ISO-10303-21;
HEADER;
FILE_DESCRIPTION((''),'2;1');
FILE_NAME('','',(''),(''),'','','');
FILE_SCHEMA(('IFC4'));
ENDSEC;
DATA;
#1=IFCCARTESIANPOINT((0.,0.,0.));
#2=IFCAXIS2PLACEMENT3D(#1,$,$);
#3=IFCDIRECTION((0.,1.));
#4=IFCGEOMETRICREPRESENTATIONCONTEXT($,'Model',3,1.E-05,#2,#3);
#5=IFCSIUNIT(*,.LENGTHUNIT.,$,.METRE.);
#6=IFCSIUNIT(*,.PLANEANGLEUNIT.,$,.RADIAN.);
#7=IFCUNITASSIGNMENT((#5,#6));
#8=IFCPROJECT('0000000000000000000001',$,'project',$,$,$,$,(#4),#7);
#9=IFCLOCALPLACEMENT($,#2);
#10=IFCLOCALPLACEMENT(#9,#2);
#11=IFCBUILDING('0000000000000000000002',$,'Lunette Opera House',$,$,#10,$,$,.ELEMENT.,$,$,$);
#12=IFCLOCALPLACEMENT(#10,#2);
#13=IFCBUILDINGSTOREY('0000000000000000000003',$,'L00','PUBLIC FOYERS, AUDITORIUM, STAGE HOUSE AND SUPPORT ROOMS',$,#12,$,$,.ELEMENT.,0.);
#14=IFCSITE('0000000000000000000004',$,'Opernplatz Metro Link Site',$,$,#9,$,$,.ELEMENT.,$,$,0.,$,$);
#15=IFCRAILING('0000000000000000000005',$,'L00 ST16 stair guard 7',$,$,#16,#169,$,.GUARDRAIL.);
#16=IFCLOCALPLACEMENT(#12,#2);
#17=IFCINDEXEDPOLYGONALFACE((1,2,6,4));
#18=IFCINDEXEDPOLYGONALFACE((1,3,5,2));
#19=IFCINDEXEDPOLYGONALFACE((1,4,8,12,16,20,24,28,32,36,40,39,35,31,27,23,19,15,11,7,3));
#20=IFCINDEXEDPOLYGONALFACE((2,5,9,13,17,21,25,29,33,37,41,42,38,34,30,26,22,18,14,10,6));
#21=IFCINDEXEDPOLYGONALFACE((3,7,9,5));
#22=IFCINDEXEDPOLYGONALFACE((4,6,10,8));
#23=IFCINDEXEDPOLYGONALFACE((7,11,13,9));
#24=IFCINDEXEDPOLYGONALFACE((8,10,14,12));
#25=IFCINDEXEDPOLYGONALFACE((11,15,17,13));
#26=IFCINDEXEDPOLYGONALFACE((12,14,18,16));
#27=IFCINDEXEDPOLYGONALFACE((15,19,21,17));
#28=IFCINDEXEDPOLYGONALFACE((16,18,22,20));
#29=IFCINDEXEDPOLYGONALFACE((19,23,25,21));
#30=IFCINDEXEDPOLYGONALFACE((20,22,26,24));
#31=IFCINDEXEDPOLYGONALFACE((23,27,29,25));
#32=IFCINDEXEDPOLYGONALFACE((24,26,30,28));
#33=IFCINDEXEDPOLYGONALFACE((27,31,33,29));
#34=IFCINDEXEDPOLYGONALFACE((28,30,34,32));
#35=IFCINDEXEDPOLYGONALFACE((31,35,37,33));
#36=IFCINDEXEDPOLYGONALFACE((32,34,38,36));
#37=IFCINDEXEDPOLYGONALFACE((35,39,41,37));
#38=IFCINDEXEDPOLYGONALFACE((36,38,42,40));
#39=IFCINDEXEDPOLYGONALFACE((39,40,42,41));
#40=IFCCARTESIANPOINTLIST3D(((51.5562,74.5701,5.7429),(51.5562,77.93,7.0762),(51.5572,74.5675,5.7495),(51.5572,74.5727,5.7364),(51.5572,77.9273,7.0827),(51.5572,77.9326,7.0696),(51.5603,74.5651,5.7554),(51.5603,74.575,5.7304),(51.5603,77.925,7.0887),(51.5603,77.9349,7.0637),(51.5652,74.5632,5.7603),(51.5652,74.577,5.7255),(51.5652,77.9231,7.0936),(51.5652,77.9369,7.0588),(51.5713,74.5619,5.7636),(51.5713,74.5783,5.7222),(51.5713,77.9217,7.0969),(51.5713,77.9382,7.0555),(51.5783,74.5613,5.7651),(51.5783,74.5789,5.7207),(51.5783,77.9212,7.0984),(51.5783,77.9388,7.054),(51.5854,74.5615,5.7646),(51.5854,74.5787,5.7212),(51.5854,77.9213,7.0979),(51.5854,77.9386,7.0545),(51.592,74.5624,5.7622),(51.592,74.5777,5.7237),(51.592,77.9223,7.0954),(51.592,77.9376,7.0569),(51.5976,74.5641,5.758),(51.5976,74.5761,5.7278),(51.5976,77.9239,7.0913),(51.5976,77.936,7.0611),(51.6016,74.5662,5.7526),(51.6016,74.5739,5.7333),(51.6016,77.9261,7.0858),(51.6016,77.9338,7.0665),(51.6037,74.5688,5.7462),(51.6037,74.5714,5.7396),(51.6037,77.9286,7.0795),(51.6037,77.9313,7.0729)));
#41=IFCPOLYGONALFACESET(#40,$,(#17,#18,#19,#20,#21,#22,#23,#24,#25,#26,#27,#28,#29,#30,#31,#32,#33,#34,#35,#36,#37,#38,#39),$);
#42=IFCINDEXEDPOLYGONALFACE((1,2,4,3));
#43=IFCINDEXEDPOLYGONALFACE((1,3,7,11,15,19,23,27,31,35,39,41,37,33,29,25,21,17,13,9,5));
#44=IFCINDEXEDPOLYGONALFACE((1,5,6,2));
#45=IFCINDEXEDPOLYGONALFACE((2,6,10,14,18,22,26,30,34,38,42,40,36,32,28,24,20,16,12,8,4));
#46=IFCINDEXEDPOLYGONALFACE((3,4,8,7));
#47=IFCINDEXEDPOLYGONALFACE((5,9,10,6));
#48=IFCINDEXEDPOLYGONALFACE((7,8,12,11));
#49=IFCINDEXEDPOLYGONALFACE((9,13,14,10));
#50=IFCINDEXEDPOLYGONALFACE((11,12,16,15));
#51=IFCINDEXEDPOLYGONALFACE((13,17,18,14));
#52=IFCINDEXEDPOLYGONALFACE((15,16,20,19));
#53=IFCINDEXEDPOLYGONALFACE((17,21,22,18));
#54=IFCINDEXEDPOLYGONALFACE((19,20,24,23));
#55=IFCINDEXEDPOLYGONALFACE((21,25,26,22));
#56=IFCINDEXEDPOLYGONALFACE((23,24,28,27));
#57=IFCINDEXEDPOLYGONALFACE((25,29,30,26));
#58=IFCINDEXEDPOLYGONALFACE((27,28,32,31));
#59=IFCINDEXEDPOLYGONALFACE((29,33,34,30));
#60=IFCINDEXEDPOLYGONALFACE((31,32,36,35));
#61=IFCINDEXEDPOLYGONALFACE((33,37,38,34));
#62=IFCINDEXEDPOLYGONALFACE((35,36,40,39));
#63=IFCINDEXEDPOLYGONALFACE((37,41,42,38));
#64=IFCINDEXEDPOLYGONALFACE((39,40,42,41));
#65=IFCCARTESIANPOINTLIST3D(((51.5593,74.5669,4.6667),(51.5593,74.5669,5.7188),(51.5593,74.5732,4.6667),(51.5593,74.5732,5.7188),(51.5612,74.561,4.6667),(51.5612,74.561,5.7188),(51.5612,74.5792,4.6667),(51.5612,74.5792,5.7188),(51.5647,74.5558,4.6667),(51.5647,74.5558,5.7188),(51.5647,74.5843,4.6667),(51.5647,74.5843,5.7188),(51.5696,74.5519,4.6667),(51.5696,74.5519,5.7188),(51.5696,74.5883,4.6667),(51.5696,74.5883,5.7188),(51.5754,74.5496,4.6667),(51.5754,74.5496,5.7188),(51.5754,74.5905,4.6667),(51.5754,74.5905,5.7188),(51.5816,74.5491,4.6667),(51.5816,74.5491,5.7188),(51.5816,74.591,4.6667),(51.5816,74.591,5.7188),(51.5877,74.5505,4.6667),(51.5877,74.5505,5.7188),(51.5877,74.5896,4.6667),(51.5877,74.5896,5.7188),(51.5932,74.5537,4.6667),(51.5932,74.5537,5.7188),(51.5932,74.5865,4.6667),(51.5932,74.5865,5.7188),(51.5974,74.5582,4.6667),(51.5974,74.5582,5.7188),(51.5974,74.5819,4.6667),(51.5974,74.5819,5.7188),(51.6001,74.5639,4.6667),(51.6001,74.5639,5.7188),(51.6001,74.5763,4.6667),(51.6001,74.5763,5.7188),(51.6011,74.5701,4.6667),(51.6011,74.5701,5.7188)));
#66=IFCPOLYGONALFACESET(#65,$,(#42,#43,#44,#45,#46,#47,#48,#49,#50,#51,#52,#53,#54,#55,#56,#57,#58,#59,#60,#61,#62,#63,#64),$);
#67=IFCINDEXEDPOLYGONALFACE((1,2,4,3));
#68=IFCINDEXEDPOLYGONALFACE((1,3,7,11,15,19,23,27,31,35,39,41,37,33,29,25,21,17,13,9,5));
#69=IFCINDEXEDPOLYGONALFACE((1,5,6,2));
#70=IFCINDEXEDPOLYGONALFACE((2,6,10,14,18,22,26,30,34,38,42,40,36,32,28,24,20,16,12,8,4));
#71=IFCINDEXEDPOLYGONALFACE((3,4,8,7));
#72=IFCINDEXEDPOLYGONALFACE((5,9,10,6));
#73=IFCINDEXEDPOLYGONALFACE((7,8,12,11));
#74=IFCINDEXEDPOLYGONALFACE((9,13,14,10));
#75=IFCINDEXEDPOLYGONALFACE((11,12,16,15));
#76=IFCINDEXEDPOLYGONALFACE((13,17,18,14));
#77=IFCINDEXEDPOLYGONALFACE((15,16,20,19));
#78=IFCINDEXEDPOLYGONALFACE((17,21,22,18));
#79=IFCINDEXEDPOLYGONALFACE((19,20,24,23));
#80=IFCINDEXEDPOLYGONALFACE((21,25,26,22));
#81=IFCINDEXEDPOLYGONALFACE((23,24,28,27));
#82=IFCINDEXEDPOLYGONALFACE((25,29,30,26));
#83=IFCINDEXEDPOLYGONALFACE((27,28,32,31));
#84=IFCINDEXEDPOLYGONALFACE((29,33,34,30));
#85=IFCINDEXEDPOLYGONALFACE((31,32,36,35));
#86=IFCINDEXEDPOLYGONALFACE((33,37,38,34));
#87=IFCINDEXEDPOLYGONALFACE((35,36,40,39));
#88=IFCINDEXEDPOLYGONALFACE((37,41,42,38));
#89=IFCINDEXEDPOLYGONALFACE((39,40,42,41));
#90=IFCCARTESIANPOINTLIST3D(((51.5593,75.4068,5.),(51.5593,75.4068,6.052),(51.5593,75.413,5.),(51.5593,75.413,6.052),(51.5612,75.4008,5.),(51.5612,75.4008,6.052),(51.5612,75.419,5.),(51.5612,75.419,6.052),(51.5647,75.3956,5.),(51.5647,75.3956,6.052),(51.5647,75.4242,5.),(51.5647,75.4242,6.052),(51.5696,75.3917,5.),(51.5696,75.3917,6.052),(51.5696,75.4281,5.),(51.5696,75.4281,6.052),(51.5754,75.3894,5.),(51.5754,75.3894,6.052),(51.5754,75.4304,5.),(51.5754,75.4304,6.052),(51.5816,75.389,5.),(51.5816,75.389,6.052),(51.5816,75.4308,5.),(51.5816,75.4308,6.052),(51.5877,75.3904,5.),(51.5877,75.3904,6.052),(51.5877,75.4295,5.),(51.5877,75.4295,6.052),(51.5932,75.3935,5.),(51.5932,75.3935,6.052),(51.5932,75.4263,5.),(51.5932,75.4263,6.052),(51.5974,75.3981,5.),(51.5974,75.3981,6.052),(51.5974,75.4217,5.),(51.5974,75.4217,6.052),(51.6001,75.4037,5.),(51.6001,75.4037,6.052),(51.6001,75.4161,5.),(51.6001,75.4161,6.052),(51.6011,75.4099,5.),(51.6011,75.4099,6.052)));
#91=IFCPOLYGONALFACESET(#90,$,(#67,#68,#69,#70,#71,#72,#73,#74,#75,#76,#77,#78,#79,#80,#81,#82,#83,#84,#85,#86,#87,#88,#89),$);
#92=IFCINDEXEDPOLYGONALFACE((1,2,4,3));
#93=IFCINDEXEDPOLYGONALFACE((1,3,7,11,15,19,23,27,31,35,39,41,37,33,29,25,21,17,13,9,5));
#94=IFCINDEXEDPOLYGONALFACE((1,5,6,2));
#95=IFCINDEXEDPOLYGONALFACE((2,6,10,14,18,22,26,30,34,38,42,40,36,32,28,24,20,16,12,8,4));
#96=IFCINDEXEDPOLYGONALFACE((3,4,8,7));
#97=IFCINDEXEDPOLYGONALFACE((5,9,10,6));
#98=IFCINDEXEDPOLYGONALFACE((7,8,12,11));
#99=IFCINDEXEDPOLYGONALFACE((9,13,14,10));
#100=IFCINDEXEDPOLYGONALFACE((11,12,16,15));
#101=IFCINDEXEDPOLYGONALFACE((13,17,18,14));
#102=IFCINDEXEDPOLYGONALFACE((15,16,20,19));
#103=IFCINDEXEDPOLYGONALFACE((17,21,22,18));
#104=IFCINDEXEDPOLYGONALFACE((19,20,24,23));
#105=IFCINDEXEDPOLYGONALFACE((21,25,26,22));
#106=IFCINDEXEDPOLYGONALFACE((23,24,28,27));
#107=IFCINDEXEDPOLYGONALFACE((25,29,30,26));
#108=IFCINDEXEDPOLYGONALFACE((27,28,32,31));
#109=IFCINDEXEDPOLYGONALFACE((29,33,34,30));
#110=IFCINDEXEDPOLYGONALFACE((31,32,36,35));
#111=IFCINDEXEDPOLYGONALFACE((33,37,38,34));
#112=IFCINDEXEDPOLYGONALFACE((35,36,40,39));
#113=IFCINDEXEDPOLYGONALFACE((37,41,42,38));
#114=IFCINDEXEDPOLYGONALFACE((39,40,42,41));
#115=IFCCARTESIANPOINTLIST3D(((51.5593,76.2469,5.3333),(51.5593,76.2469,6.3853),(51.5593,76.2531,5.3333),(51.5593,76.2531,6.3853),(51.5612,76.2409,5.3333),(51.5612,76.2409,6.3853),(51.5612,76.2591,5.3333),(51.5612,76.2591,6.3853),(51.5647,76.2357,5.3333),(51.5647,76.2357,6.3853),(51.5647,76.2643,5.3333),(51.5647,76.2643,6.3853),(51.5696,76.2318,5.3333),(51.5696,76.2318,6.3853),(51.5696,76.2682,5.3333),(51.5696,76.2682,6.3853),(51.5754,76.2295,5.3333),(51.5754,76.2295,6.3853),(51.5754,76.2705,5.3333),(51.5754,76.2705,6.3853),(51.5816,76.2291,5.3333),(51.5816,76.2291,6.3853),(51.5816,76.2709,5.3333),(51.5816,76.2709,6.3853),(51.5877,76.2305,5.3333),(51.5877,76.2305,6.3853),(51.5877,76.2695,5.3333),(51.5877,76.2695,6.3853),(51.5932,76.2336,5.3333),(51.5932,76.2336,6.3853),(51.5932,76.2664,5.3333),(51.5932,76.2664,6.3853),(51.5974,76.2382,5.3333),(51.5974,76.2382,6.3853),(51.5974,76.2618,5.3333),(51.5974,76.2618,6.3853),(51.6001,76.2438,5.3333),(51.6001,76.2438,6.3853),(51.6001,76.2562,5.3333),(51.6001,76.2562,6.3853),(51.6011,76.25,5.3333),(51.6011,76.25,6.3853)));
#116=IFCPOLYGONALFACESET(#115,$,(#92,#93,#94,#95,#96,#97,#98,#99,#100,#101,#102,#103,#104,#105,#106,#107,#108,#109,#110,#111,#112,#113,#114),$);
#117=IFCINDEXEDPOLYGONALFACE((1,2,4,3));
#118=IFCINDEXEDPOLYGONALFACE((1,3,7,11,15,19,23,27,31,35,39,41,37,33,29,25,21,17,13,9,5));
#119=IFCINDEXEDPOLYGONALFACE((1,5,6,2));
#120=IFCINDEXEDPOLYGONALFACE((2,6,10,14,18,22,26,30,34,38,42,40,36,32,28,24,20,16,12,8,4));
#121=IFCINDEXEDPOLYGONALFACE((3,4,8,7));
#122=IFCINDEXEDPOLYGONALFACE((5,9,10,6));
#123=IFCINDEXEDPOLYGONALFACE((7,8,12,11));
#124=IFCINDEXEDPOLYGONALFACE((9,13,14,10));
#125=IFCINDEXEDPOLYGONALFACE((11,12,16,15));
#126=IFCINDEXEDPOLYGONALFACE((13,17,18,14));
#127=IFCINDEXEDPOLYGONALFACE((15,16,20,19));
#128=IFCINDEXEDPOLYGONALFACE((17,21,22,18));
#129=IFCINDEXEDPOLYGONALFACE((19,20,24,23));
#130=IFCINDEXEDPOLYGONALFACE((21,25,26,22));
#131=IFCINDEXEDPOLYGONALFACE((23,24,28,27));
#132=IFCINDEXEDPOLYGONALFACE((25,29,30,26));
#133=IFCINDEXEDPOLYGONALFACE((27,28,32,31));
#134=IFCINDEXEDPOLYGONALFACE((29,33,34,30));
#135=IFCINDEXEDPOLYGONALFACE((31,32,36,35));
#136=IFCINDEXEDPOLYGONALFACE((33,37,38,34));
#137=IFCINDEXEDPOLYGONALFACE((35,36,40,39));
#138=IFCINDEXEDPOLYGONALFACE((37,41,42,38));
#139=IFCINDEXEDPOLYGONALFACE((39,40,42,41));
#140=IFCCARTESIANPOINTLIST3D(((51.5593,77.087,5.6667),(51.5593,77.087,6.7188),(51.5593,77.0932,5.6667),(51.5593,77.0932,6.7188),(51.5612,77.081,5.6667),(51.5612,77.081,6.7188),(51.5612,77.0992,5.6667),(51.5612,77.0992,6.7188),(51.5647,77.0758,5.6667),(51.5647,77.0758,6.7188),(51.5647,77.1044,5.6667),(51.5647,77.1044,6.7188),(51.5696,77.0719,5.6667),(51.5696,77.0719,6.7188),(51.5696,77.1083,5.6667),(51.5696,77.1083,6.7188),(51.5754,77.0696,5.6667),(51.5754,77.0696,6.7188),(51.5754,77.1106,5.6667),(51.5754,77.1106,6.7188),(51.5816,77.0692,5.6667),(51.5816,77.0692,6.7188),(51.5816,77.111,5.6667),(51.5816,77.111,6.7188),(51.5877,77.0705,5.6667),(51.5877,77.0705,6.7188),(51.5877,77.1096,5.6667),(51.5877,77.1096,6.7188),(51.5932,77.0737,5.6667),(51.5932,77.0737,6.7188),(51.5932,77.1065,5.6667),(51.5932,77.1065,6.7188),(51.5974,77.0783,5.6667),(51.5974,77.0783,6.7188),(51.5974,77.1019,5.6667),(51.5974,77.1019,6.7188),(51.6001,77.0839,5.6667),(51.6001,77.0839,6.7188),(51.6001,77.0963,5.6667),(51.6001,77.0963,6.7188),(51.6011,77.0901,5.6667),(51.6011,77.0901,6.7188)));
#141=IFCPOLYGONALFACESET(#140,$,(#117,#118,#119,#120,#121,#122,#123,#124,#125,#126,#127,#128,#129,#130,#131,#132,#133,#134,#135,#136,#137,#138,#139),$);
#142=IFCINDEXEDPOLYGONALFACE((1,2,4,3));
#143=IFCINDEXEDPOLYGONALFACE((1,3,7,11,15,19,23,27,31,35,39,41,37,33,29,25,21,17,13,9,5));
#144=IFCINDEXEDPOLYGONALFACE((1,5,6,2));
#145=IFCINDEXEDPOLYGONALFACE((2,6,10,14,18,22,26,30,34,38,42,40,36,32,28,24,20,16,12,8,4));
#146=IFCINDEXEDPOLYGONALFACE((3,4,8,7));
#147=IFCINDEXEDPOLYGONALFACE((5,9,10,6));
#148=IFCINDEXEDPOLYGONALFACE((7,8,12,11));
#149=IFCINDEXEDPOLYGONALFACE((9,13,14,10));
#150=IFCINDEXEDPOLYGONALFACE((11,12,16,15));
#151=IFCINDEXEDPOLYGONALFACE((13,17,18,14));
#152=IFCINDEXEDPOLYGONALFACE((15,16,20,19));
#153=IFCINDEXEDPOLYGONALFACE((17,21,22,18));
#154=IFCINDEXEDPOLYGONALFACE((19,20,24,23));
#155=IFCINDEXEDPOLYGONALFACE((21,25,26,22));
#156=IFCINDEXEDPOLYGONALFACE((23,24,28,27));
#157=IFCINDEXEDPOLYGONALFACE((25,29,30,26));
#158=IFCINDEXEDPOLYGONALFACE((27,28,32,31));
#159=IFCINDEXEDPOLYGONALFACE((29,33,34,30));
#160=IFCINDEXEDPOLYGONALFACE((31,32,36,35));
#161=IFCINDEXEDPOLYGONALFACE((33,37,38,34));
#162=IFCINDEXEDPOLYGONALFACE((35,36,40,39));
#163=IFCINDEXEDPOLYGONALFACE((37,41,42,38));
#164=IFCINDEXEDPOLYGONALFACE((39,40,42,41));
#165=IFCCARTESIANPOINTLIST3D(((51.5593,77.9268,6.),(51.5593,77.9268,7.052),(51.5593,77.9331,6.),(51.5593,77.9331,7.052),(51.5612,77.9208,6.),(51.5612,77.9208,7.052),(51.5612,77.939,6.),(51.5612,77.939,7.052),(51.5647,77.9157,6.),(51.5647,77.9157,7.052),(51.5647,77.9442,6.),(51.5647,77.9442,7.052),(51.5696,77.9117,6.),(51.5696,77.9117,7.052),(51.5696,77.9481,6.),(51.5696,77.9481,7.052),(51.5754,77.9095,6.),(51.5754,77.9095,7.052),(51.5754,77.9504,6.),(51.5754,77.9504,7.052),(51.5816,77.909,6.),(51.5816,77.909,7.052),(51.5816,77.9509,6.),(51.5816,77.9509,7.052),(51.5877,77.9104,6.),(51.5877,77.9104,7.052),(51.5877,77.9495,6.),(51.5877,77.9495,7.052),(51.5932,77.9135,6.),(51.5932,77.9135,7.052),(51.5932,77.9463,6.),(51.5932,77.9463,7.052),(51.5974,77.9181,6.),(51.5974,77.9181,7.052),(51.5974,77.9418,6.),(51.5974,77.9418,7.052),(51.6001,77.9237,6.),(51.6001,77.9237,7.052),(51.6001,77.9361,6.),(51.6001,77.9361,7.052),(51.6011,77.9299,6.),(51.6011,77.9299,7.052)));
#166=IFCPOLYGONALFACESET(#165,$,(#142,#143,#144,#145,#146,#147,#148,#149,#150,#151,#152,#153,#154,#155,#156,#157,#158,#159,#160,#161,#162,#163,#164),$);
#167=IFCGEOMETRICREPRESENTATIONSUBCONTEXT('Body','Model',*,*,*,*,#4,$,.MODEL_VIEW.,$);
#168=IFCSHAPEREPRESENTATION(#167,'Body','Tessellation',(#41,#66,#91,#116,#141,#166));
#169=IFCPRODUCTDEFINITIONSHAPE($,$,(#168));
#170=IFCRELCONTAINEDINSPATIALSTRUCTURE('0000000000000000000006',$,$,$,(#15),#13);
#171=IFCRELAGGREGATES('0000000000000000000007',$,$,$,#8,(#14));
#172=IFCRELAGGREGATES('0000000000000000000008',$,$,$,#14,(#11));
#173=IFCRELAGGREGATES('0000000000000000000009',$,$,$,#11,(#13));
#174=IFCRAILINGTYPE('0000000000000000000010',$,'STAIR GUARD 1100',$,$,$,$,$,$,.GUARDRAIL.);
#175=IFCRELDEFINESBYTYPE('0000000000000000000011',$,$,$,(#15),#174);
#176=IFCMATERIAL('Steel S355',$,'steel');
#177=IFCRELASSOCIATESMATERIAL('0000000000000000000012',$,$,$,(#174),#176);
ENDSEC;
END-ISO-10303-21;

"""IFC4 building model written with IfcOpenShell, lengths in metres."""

from ifc_helpers import new_model, si_unit, direction, frame, origin, origin_2d, place, context, subcontext, project, spatial, circle, extrude, material, type_object, element, save


model = new_model("IFC4")

# Units and contexts
model_context = context("Model", 3, precision=1e-05, world=origin(), true_north=direction((0.0, 1.0)))
body_context = subcontext(model_context, "Body", "Model", "MODEL_VIEW")
ifc_project = project(units=[si_unit("LENGTHUNIT", "METRE"), si_unit("PLANEANGLEUNIT", "RADIAN")], contexts=[model_context])

# Site, building, storey
site_placement = place(None, origin())
site = spatial("IfcSite", under=ifc_project, at=site_placement, Name="Opernplatz Metro Link Site", CompositionType="ELEMENT", RefElevation=0.0)
building_placement = place(site_placement, origin())
building = spatial("IfcBuilding", under=site, at=building_placement, Name="Lunette Opera House", CompositionType="ELEMENT")
storey_placement = place(building_placement, origin())
storey = spatial("IfcBuildingStorey", under=building, at=storey_placement, Name="L00", Description="PUBLIC FOYERS, AUDITORIUM, STAGE HOUSE AND SUPPORT ROOMS", CompositionType="ELEMENT", Elevation=0.0)

# Railing
ifc_material_1 = material(Name="Steel S355", Category="steel")
railing_type_1 = type_object("IfcRailingType", Name="STAIR GUARD 1100", PredefinedType="GUARDRAIL", material=ifc_material_1)
railing_1_placement = place(storey_placement, frame((51.5801, 74.5701, 4.6667)))
element("IfcRailing", 1, at=railing_1_placement, inside=storey, type_object=railing_type_1, Name="L00 ST16 stair guard 7", PredefinedType="GUARDRAIL", context=body_context, shape_type="SweptSolid", body=[
    extrude(circle(Radius=0.0239, at=origin_2d()), frame((0.0, 0.0, 1.0762), z_axis=(0.0, 0.929493, 0.368839), x_axis=(-1.0, 0.0, 0.0)), (0.0, 0.0, 1.0), 3.6147),
    extrude(circle(Radius=0.021, at=origin_2d()), origin(), (0.0, 0.0, 1.0), 1.052),
    extrude(circle(Radius=0.021, at=origin_2d()), frame((0.0, 0.8398, 0.3333)), (0.0, 0.0, 1.0), 1.052),
    extrude(circle(Radius=0.021, at=origin_2d()), frame((0.0, 1.6799, 0.6665)), (0.0, 0.0, 1.0), 1.052),
    extrude(circle(Radius=0.021, at=origin_2d()), frame((0.0, 2.52, 1.0)), (0.0, 0.0, 1.0), 1.052),
    extrude(circle(Radius=0.021, at=origin_2d()), frame((0.0, 3.3599, 1.3333)), (0.0, 0.0, 1.0), 1.052),
])

save(model, "model.ifc")
